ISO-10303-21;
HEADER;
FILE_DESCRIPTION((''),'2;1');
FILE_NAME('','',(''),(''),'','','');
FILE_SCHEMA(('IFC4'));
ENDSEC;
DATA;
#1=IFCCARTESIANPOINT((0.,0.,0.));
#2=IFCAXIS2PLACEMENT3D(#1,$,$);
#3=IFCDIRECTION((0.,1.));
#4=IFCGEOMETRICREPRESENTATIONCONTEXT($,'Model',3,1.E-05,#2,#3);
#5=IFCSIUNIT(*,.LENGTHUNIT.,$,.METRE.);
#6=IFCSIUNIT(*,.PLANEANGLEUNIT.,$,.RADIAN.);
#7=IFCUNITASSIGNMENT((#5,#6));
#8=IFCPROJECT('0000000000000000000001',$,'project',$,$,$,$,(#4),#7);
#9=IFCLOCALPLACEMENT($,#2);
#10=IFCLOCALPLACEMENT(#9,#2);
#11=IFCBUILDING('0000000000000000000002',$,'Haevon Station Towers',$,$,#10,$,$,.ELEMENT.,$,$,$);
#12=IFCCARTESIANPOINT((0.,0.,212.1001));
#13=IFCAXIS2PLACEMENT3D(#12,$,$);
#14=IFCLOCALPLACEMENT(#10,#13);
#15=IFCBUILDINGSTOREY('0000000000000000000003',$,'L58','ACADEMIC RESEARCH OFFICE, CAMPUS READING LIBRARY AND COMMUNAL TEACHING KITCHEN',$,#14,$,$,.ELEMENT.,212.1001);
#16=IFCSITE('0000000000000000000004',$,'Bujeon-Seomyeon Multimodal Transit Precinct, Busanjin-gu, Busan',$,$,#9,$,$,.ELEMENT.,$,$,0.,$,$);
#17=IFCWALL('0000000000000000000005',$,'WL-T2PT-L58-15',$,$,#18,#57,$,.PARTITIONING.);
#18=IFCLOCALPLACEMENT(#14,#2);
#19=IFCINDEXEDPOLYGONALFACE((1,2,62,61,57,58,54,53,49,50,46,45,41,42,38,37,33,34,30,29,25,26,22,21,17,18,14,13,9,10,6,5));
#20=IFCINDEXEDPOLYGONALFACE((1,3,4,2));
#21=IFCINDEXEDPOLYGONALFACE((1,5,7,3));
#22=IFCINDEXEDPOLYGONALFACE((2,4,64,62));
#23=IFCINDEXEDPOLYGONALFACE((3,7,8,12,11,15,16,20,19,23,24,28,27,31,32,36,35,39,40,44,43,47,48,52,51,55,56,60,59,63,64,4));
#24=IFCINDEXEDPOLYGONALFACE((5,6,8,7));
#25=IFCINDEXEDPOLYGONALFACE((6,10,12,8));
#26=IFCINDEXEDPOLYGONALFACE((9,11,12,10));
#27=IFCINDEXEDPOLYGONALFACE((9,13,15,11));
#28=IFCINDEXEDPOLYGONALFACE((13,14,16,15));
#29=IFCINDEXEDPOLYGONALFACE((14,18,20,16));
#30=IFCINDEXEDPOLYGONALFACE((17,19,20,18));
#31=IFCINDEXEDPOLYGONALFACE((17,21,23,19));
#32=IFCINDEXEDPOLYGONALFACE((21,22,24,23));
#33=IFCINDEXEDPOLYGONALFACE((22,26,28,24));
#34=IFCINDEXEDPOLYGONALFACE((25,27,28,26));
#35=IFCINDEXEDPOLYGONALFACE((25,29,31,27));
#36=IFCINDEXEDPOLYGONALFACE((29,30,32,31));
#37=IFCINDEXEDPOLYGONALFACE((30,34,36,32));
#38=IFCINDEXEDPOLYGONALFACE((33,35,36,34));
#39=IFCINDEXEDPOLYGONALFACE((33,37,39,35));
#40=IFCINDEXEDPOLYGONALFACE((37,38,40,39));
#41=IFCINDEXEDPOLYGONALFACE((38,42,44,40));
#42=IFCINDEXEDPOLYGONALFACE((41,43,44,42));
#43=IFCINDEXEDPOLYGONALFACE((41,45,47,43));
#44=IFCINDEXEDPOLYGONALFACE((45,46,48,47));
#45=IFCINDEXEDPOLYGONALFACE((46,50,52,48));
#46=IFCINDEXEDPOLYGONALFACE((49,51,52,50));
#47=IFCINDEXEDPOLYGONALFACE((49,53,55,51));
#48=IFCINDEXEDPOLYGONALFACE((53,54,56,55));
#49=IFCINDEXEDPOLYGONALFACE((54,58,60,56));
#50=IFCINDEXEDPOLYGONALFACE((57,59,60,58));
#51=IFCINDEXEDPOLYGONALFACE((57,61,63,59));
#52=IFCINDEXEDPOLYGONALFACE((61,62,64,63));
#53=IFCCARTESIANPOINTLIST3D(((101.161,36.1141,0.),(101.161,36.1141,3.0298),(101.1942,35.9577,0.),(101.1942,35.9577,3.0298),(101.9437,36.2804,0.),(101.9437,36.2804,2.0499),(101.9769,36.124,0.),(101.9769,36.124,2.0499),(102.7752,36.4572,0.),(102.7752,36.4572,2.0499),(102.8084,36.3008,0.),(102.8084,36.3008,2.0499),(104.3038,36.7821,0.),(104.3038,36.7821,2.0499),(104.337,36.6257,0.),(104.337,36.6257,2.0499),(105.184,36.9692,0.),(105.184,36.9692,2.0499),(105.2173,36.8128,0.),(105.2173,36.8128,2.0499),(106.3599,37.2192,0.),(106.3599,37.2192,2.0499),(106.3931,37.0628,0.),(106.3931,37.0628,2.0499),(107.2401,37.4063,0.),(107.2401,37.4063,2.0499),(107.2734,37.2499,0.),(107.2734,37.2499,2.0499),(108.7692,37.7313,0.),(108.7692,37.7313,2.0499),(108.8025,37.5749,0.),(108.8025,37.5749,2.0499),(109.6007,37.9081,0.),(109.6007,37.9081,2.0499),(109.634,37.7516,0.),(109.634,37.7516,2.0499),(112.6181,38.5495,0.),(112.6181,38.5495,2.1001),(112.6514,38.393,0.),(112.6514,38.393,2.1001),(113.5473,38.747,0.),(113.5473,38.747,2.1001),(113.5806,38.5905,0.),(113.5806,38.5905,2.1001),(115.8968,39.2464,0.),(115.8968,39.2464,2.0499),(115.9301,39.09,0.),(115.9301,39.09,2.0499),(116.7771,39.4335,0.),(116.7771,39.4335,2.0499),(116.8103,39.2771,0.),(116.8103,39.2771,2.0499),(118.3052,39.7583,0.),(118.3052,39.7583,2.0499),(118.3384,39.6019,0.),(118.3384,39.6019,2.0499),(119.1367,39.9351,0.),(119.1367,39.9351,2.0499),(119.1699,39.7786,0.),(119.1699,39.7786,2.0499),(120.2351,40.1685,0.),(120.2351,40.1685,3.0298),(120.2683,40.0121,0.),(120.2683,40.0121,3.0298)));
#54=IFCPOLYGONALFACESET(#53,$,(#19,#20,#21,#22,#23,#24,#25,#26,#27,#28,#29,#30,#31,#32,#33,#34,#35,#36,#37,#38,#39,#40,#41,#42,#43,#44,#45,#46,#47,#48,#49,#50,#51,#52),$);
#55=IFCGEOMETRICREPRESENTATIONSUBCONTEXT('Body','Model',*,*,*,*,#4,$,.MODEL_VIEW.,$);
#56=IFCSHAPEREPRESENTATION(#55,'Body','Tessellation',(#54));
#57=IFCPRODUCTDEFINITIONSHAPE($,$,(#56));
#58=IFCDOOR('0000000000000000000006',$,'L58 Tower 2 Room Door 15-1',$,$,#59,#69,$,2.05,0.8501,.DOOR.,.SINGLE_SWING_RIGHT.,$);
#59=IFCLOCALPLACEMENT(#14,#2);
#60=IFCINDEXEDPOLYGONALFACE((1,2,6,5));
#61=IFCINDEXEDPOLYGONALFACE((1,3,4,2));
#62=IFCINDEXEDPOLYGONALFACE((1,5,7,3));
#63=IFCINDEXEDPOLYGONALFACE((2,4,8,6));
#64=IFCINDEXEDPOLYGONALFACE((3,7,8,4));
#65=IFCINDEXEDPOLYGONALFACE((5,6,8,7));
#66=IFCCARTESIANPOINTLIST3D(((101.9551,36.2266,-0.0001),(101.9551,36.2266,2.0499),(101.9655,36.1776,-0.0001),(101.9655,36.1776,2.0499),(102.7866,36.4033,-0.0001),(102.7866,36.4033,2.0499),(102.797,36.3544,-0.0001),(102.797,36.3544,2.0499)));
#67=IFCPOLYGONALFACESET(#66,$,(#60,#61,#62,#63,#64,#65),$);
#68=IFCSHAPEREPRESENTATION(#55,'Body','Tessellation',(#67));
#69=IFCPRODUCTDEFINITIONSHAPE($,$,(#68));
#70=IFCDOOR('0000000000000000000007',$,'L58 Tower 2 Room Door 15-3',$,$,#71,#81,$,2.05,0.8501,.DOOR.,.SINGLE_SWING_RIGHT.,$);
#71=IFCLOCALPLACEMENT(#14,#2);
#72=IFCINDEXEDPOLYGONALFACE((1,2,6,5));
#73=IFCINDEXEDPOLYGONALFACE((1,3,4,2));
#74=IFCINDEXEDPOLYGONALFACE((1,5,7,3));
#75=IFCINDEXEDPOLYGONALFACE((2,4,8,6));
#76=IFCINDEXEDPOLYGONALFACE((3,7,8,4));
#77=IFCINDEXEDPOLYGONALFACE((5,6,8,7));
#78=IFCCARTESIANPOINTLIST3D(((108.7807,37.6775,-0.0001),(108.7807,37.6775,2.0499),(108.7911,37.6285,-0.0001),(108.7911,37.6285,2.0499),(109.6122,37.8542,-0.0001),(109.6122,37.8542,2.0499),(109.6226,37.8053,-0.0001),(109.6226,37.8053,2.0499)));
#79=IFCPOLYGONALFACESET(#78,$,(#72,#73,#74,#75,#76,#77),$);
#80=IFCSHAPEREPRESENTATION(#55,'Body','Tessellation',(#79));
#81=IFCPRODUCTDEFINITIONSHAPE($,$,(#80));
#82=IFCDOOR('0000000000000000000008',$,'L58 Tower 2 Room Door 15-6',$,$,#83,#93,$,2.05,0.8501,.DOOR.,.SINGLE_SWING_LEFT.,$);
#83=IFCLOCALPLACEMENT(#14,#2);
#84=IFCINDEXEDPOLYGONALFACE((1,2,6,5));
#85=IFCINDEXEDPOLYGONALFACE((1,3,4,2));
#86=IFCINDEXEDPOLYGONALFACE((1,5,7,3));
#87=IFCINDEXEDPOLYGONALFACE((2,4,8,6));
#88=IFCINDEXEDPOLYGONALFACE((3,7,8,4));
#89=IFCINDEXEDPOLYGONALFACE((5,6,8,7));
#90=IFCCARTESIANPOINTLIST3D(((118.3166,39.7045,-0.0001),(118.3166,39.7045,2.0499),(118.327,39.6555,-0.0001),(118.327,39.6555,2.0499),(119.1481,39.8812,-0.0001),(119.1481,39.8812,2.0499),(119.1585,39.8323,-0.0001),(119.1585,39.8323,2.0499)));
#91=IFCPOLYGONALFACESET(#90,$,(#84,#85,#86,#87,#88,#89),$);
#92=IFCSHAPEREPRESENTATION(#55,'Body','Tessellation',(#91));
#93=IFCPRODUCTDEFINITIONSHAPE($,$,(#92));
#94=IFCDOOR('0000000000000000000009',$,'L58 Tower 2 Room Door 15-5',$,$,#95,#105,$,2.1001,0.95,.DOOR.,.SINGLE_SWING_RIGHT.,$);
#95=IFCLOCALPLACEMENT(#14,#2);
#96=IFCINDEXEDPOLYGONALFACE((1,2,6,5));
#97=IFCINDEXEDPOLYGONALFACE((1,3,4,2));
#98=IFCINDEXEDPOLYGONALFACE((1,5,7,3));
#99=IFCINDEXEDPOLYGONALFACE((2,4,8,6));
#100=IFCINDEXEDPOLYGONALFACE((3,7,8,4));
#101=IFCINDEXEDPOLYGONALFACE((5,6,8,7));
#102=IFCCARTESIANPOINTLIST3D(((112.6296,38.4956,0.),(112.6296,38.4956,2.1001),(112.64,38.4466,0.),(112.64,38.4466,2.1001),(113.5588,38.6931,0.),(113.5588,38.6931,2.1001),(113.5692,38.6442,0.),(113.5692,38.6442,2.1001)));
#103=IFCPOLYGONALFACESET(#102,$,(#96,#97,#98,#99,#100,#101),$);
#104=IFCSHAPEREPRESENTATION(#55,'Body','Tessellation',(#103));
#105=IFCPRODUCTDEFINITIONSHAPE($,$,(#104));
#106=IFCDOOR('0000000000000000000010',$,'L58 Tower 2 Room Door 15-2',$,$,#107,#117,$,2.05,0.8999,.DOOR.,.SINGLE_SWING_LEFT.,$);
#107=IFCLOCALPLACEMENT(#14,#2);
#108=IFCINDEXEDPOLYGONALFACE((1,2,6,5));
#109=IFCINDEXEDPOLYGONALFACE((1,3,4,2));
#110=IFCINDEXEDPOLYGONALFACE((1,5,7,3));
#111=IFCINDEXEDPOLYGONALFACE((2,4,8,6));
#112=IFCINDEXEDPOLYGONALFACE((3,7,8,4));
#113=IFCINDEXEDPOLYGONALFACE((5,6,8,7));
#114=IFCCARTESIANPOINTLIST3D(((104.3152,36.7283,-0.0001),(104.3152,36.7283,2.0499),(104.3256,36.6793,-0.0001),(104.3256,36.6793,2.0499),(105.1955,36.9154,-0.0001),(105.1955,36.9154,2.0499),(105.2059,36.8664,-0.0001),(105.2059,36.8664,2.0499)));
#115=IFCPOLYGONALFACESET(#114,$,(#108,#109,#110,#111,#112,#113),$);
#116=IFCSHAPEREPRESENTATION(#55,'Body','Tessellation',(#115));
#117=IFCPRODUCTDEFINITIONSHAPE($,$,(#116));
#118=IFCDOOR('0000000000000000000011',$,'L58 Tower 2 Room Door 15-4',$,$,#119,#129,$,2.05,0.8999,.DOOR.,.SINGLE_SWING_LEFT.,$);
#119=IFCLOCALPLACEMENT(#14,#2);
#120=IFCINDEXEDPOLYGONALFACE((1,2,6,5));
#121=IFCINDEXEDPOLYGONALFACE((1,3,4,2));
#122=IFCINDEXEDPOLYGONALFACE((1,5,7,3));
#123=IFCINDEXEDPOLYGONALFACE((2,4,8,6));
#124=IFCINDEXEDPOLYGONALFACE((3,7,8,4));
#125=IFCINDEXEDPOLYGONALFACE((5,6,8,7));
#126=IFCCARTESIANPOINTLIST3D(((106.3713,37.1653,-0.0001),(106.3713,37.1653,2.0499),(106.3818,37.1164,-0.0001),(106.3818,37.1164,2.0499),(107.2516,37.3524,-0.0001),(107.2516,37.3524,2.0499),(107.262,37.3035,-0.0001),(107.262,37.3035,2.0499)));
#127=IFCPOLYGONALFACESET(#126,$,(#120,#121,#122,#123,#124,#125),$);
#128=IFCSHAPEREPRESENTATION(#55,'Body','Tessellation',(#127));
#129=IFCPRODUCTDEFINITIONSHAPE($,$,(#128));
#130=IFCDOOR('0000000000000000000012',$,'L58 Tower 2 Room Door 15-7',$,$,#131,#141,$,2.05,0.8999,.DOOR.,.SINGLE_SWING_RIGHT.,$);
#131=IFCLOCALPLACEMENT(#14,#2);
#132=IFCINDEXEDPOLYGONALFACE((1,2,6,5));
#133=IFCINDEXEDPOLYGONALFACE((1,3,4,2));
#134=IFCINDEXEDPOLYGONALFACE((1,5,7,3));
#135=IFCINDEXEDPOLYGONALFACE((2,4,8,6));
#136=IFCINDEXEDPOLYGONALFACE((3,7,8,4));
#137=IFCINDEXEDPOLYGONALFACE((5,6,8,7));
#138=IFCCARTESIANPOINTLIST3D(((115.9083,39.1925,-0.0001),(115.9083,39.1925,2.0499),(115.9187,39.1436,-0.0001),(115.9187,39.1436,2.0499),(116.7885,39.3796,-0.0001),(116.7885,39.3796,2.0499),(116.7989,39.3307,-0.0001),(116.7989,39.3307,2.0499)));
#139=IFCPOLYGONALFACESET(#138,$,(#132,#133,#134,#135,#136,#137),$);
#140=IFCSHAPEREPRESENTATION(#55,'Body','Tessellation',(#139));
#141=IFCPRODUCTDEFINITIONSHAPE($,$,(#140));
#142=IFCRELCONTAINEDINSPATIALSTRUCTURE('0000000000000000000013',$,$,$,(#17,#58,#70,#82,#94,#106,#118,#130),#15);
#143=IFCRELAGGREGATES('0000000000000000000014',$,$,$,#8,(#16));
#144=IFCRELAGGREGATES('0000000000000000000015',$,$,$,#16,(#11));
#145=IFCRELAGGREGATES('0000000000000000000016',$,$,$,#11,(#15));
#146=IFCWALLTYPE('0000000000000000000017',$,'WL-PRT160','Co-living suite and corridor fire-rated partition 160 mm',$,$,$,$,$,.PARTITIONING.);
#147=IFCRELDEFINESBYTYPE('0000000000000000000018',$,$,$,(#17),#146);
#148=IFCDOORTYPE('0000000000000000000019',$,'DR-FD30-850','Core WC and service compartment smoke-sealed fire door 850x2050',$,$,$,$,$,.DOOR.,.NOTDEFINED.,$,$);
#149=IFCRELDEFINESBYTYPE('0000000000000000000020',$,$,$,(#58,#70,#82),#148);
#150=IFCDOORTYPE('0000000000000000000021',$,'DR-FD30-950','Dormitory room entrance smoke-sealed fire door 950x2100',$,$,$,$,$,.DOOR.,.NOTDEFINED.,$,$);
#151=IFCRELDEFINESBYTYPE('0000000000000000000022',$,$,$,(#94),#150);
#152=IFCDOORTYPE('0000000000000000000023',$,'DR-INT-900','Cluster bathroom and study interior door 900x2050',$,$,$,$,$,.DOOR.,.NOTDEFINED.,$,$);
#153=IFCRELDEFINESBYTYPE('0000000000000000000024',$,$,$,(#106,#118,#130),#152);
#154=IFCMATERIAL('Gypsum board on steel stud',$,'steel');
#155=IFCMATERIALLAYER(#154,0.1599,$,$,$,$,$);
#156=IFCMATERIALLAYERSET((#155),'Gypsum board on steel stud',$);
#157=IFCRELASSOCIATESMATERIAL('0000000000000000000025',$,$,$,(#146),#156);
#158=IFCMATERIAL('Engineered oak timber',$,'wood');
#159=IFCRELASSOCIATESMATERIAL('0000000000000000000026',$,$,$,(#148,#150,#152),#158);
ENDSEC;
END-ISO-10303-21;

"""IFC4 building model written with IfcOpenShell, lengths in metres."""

from ifc_helpers import new_model, si_unit, direction, frame, frame_2d, origin, place, context, subcontext, project, spatial, rectangle, extrude, material, layer, layer_set, type_object, element, fill, save


model = new_model("IFC4")

# Units and contexts
model_context = context("Model", 3, precision=1e-05, world=origin(), true_north=direction((0.0, 1.0)))
body_context = subcontext(model_context, "Body", "Model", "MODEL_VIEW")
ifc_project = project(units=[si_unit("LENGTHUNIT", "METRE"), si_unit("PLANEANGLEUNIT", "RADIAN")], contexts=[model_context])

# Site, building, storey
site_placement = place(None, origin())
site = spatial("IfcSite", under=ifc_project, at=site_placement, Name="Bujeon-Seomyeon Multimodal Transit Precinct, Busanjin-gu, Busan", CompositionType="ELEMENT", RefElevation=0.0)
building_placement = place(site_placement, origin())
building = spatial("IfcBuilding", under=site, at=building_placement, Name="Haevon Station Towers", CompositionType="ELEMENT")
storey_placement = place(building_placement, frame((0.0, 0.0, 212.1001)))
storey = spatial("IfcBuildingStorey", under=building, at=storey_placement, Name="L58", Description="ACADEMIC RESEARCH OFFICE, CAMPUS READING LIBRARY AND COMMUNAL TEACHING KITCHEN", CompositionType="ELEMENT", Elevation=212.1001)

# Shared definitions
ifc_material_1 = material(Name="Gypsum board on steel stud", Category="steel")

# Wall, openings, doors
ifc_layer_1 = layer(ifc_material_1, 0.1599)
ifc_layer_set_1 = layer_set([ifc_layer_1], Name="Gypsum board on steel stud")
wall_type_1 = type_object("IfcWallType", Name="WL-PRT160", Description="Co-living suite and corridor fire-rated partition 160 mm", PredefinedType="PARTITIONING", material=ifc_layer_set_1)
wall_1_placement = place(storey_placement, frame((101.1777, 36.0359, 0.0), z_axis=(0.0, 0.0, 1.0), x_axis=(0.978146, 0.207919, 0.0)))
wall_1 = element("IfcWall", 1, at=wall_1_placement, inside=storey, type_object=wall_type_1, Name="WL-T2PT-L58-15", PredefinedType="PARTITIONING", context=body_context, shape_type="SweptSolid", body=[
    extrude(rectangle(XDim=19.5002, YDim=0.1599, at=frame_2d((9.75, 0.0))), origin(), (0.0, 0.0, 1.0), 3.0298),
])
opening_1_placement = place(wall_1_placement, frame((0.8, 0.0, 0.0)))
opening_1 = element("IfcOpeningElement", 2, at=opening_1_placement, cuts=wall_1, PredefinedType="OPENING", context=body_context, shape_type="SweptSolid", body=[
    extrude(rectangle(XDim=0.8501, YDim=2.05, at=frame_2d((0.425, 1.0249))), frame((0.0, 0.0898, 0.0), z_axis=(0.0, -1.0, 0.0), x_axis=(1.0, 0.0, 0.0)), (0.0, 0.0, 1.0), 0.1799),
])
opening_2_placement = place(wall_1_placement, frame((3.2129, 0.0, 0.0)))
opening_2 = element("IfcOpeningElement", 3, at=opening_2_placement, cuts=wall_1, PredefinedType="OPENING", context=body_context, shape_type="SweptSolid", body=[
    extrude(rectangle(XDim=0.8999, YDim=2.05, at=frame_2d((0.45, 1.0249))), frame((0.0, 0.0898, 0.0), z_axis=(0.0, -1.0, 0.0), x_axis=(1.0, 0.0, 0.0)), (0.0, 0.0, 1.0), 0.1799),
])
opening_3_placement = place(wall_1_placement, frame((7.7781, 0.0, 0.0)))
opening_3 = element("IfcOpeningElement", 4, at=opening_3_placement, cuts=wall_1, PredefinedType="OPENING", context=body_context, shape_type="SweptSolid", body=[
    extrude(rectangle(XDim=0.8501, YDim=2.05, at=frame_2d((0.425, 1.0249))), frame((0.0, 0.0898, 0.0), z_axis=(0.0, -1.0, 0.0), x_axis=(1.0, 0.0, 0.0)), (0.0, 0.0, 1.0), 0.1799),
])
opening_4_placement = place(wall_1_placement, frame((5.3149, 0.0, 0.0)))
opening_4 = element("IfcOpeningElement", 5, at=opening_4_placement, cuts=wall_1, PredefinedType="OPENING", context=body_context, shape_type="SweptSolid", body=[
    extrude(rectangle(XDim=0.8999, YDim=2.05, at=frame_2d((0.45, 1.0249))), frame((0.0, 0.0898, 0.0), z_axis=(0.0, -1.0, 0.0), x_axis=(1.0, 0.0, 0.0)), (0.0, 0.0, 1.0), 0.1799),
])
opening_5_placement = place(wall_1_placement, frame((11.7129, 0.0, 0.0)))
opening_5 = element("IfcOpeningElement", 6, at=opening_5_placement, cuts=wall_1, PredefinedType="OPENING", context=body_context, shape_type="SweptSolid", body=[
    extrude(rectangle(XDim=0.95, YDim=2.1001, at=frame_2d((0.4751, 1.05))), frame((0.0, 0.0898, 0.0), z_axis=(0.0, -1.0, 0.0), x_axis=(1.0, 0.0, 0.0)), (0.0, 0.0, 1.0), 0.1799),
])
opening_6_placement = place(wall_1_placement, frame((17.5271, 0.0, 0.0)))
opening_6 = element("IfcOpeningElement", 7, at=opening_6_placement, cuts=wall_1, PredefinedType="OPENING", context=body_context, shape_type="SweptSolid", body=[
    extrude(rectangle(XDim=0.8501, YDim=2.05, at=frame_2d((0.425, 1.0249))), frame((0.0, 0.0898, 0.0), z_axis=(0.0, -1.0, 0.0), x_axis=(1.0, 0.0, 0.0)), (0.0, 0.0, 1.0), 0.1799),
])
opening_7_placement = place(wall_1_placement, frame((15.0649, 0.0, 0.0)))
opening_7 = element("IfcOpeningElement", 8, at=opening_7_placement, cuts=wall_1, PredefinedType="OPENING", context=body_context, shape_type="SweptSolid", body=[
    extrude(rectangle(XDim=0.8999, YDim=2.05, at=frame_2d((0.45, 1.0249))), frame((0.0, 0.0898, 0.0), z_axis=(0.0, -1.0, 0.0), x_axis=(1.0, 0.0, 0.0)), (0.0, 0.0, 1.0), 0.1799),
])
ifc_material_2 = material(Name="Engineered oak timber", Category="wood")
door_type_1 = type_object("IfcDoorType", Name="DR-FD30-850", Description="Core WC and service compartment smoke-sealed fire door 850x2050", OperationType="NOTDEFINED", PredefinedType="DOOR", material=ifc_material_2)
door_1_placement = place(opening_1_placement, origin())
door_1 = element("IfcDoor", 9, at=door_1_placement, inside=storey, type_object=door_type_1, Name="L58 Tower 2 Room Door 15-1", OperationType="SINGLE_SWING_RIGHT", OverallHeight=2.05, OverallWidth=0.8501, PredefinedType="DOOR", context=body_context, shape_type="SweptSolid", body=[
    extrude(rectangle(XDim=0.8501, YDim=2.05, at=frame_2d((0.425, 1.0249))), frame((0.0, 0.0249, 0.0), z_axis=(0.0, -1.0, 0.0), x_axis=(1.0, 0.0, 0.0)), (0.0, 0.0, 1.0), 0.05),
])
fill(opening_1, door_1)
door_2_placement = place(opening_3_placement, origin())
door_2 = element("IfcDoor", 10, at=door_2_placement, inside=storey, type_object=door_type_1, Name="L58 Tower 2 Room Door 15-3", OperationType="SINGLE_SWING_RIGHT", OverallHeight=2.05, OverallWidth=0.8501, PredefinedType="DOOR", context=body_context, shape_type="SweptSolid", body=[
    extrude(rectangle(XDim=0.8501, YDim=2.05, at=frame_2d((0.425, 1.0249))), frame((0.0, 0.0249, 0.0), z_axis=(0.0, -1.0, 0.0), x_axis=(1.0, 0.0, 0.0)), (0.0, 0.0, 1.0), 0.05),
])
fill(opening_3, door_2)
door_3_placement = place(opening_6_placement, origin())
door_3 = element("IfcDoor", 11, at=door_3_placement, inside=storey, type_object=door_type_1, Name="L58 Tower 2 Room Door 15-6", OperationType="SINGLE_SWING_LEFT", OverallHeight=2.05, OverallWidth=0.8501, PredefinedType="DOOR", context=body_context, shape_type="SweptSolid", body=[
    extrude(rectangle(XDim=0.8501, YDim=2.05, at=frame_2d((0.425, 1.0249))), frame((0.0, 0.0249, 0.0), z_axis=(0.0, -1.0, 0.0), x_axis=(1.0, 0.0, 0.0)), (0.0, 0.0, 1.0), 0.05),
])
fill(opening_6, door_3)
door_type_2 = type_object("IfcDoorType", Name="DR-FD30-950", Description="Dormitory room entrance smoke-sealed fire door 950x2100", OperationType="NOTDEFINED", PredefinedType="DOOR", material=ifc_material_2)
door_4_placement = place(opening_5_placement, origin())
door_4 = element("IfcDoor", 12, at=door_4_placement, inside=storey, type_object=door_type_2, Name="L58 Tower 2 Room Door 15-5", OperationType="SINGLE_SWING_RIGHT", OverallHeight=2.1001, OverallWidth=0.95, PredefinedType="DOOR", context=body_context, shape_type="SweptSolid", body=[
    extrude(rectangle(XDim=0.95, YDim=2.1001, at=frame_2d((0.4751, 1.05))), frame((0.0, 0.0249, 0.0), z_axis=(0.0, -1.0, 0.0), x_axis=(1.0, 0.0, 0.0)), (0.0, 0.0, 1.0), 0.05),
])
fill(opening_5, door_4)
door_type_3 = type_object("IfcDoorType", Name="DR-INT-900", Description="Cluster bathroom and study interior door 900x2050", OperationType="NOTDEFINED", PredefinedType="DOOR", material=ifc_material_2)
door_5_placement = place(opening_2_placement, origin())
door_5 = element("IfcDoor", 13, at=door_5_placement, inside=storey, type_object=door_type_3, Name="L58 Tower 2 Room Door 15-2", OperationType="SINGLE_SWING_LEFT", OverallHeight=2.05, OverallWidth=0.8999, PredefinedType="DOOR", context=body_context, shape_type="SweptSolid", body=[
    extrude(rectangle(XDim=0.8999, YDim=2.05, at=frame_2d((0.45, 1.0249))), frame((0.0, 0.0249, 0.0), z_axis=(0.0, -1.0, 0.0), x_axis=(1.0, 0.0, 0.0)), (0.0, 0.0, 1.0), 0.05),
])
fill(opening_2, door_5)
door_6_placement = place(opening_4_placement, origin())
door_6 = element("IfcDoor", 14, at=door_6_placement, inside=storey, type_object=door_type_3, Name="L58 Tower 2 Room Door 15-4", OperationType="SINGLE_SWING_LEFT", OverallHeight=2.05, OverallWidth=0.8999, PredefinedType="DOOR", context=body_context, shape_type="SweptSolid", body=[
    extrude(rectangle(XDim=0.8999, YDim=2.05, at=frame_2d((0.45, 1.0249))), frame((0.0, 0.0249, 0.0), z_axis=(0.0, -1.0, 0.0), x_axis=(1.0, 0.0, 0.0)), (0.0, 0.0, 1.0), 0.05),
])
fill(opening_4, door_6)
door_7_placement = place(opening_7_placement, origin())
door_7 = element("IfcDoor", 15, at=door_7_placement, inside=storey, type_object=door_type_3, Name="L58 Tower 2 Room Door 15-7", OperationType="SINGLE_SWING_RIGHT", OverallHeight=2.05, OverallWidth=0.8999, PredefinedType="DOOR", context=body_context, shape_type="SweptSolid", body=[
    extrude(rectangle(XDim=0.8999, YDim=2.05, at=frame_2d((0.45, 1.0249))), frame((0.0, 0.0249, 0.0), z_axis=(0.0, -1.0, 0.0), x_axis=(1.0, 0.0, 0.0)), (0.0, 0.0, 1.0), 0.05),
])
fill(opening_7, door_7)

save(model, "model.ifc")
